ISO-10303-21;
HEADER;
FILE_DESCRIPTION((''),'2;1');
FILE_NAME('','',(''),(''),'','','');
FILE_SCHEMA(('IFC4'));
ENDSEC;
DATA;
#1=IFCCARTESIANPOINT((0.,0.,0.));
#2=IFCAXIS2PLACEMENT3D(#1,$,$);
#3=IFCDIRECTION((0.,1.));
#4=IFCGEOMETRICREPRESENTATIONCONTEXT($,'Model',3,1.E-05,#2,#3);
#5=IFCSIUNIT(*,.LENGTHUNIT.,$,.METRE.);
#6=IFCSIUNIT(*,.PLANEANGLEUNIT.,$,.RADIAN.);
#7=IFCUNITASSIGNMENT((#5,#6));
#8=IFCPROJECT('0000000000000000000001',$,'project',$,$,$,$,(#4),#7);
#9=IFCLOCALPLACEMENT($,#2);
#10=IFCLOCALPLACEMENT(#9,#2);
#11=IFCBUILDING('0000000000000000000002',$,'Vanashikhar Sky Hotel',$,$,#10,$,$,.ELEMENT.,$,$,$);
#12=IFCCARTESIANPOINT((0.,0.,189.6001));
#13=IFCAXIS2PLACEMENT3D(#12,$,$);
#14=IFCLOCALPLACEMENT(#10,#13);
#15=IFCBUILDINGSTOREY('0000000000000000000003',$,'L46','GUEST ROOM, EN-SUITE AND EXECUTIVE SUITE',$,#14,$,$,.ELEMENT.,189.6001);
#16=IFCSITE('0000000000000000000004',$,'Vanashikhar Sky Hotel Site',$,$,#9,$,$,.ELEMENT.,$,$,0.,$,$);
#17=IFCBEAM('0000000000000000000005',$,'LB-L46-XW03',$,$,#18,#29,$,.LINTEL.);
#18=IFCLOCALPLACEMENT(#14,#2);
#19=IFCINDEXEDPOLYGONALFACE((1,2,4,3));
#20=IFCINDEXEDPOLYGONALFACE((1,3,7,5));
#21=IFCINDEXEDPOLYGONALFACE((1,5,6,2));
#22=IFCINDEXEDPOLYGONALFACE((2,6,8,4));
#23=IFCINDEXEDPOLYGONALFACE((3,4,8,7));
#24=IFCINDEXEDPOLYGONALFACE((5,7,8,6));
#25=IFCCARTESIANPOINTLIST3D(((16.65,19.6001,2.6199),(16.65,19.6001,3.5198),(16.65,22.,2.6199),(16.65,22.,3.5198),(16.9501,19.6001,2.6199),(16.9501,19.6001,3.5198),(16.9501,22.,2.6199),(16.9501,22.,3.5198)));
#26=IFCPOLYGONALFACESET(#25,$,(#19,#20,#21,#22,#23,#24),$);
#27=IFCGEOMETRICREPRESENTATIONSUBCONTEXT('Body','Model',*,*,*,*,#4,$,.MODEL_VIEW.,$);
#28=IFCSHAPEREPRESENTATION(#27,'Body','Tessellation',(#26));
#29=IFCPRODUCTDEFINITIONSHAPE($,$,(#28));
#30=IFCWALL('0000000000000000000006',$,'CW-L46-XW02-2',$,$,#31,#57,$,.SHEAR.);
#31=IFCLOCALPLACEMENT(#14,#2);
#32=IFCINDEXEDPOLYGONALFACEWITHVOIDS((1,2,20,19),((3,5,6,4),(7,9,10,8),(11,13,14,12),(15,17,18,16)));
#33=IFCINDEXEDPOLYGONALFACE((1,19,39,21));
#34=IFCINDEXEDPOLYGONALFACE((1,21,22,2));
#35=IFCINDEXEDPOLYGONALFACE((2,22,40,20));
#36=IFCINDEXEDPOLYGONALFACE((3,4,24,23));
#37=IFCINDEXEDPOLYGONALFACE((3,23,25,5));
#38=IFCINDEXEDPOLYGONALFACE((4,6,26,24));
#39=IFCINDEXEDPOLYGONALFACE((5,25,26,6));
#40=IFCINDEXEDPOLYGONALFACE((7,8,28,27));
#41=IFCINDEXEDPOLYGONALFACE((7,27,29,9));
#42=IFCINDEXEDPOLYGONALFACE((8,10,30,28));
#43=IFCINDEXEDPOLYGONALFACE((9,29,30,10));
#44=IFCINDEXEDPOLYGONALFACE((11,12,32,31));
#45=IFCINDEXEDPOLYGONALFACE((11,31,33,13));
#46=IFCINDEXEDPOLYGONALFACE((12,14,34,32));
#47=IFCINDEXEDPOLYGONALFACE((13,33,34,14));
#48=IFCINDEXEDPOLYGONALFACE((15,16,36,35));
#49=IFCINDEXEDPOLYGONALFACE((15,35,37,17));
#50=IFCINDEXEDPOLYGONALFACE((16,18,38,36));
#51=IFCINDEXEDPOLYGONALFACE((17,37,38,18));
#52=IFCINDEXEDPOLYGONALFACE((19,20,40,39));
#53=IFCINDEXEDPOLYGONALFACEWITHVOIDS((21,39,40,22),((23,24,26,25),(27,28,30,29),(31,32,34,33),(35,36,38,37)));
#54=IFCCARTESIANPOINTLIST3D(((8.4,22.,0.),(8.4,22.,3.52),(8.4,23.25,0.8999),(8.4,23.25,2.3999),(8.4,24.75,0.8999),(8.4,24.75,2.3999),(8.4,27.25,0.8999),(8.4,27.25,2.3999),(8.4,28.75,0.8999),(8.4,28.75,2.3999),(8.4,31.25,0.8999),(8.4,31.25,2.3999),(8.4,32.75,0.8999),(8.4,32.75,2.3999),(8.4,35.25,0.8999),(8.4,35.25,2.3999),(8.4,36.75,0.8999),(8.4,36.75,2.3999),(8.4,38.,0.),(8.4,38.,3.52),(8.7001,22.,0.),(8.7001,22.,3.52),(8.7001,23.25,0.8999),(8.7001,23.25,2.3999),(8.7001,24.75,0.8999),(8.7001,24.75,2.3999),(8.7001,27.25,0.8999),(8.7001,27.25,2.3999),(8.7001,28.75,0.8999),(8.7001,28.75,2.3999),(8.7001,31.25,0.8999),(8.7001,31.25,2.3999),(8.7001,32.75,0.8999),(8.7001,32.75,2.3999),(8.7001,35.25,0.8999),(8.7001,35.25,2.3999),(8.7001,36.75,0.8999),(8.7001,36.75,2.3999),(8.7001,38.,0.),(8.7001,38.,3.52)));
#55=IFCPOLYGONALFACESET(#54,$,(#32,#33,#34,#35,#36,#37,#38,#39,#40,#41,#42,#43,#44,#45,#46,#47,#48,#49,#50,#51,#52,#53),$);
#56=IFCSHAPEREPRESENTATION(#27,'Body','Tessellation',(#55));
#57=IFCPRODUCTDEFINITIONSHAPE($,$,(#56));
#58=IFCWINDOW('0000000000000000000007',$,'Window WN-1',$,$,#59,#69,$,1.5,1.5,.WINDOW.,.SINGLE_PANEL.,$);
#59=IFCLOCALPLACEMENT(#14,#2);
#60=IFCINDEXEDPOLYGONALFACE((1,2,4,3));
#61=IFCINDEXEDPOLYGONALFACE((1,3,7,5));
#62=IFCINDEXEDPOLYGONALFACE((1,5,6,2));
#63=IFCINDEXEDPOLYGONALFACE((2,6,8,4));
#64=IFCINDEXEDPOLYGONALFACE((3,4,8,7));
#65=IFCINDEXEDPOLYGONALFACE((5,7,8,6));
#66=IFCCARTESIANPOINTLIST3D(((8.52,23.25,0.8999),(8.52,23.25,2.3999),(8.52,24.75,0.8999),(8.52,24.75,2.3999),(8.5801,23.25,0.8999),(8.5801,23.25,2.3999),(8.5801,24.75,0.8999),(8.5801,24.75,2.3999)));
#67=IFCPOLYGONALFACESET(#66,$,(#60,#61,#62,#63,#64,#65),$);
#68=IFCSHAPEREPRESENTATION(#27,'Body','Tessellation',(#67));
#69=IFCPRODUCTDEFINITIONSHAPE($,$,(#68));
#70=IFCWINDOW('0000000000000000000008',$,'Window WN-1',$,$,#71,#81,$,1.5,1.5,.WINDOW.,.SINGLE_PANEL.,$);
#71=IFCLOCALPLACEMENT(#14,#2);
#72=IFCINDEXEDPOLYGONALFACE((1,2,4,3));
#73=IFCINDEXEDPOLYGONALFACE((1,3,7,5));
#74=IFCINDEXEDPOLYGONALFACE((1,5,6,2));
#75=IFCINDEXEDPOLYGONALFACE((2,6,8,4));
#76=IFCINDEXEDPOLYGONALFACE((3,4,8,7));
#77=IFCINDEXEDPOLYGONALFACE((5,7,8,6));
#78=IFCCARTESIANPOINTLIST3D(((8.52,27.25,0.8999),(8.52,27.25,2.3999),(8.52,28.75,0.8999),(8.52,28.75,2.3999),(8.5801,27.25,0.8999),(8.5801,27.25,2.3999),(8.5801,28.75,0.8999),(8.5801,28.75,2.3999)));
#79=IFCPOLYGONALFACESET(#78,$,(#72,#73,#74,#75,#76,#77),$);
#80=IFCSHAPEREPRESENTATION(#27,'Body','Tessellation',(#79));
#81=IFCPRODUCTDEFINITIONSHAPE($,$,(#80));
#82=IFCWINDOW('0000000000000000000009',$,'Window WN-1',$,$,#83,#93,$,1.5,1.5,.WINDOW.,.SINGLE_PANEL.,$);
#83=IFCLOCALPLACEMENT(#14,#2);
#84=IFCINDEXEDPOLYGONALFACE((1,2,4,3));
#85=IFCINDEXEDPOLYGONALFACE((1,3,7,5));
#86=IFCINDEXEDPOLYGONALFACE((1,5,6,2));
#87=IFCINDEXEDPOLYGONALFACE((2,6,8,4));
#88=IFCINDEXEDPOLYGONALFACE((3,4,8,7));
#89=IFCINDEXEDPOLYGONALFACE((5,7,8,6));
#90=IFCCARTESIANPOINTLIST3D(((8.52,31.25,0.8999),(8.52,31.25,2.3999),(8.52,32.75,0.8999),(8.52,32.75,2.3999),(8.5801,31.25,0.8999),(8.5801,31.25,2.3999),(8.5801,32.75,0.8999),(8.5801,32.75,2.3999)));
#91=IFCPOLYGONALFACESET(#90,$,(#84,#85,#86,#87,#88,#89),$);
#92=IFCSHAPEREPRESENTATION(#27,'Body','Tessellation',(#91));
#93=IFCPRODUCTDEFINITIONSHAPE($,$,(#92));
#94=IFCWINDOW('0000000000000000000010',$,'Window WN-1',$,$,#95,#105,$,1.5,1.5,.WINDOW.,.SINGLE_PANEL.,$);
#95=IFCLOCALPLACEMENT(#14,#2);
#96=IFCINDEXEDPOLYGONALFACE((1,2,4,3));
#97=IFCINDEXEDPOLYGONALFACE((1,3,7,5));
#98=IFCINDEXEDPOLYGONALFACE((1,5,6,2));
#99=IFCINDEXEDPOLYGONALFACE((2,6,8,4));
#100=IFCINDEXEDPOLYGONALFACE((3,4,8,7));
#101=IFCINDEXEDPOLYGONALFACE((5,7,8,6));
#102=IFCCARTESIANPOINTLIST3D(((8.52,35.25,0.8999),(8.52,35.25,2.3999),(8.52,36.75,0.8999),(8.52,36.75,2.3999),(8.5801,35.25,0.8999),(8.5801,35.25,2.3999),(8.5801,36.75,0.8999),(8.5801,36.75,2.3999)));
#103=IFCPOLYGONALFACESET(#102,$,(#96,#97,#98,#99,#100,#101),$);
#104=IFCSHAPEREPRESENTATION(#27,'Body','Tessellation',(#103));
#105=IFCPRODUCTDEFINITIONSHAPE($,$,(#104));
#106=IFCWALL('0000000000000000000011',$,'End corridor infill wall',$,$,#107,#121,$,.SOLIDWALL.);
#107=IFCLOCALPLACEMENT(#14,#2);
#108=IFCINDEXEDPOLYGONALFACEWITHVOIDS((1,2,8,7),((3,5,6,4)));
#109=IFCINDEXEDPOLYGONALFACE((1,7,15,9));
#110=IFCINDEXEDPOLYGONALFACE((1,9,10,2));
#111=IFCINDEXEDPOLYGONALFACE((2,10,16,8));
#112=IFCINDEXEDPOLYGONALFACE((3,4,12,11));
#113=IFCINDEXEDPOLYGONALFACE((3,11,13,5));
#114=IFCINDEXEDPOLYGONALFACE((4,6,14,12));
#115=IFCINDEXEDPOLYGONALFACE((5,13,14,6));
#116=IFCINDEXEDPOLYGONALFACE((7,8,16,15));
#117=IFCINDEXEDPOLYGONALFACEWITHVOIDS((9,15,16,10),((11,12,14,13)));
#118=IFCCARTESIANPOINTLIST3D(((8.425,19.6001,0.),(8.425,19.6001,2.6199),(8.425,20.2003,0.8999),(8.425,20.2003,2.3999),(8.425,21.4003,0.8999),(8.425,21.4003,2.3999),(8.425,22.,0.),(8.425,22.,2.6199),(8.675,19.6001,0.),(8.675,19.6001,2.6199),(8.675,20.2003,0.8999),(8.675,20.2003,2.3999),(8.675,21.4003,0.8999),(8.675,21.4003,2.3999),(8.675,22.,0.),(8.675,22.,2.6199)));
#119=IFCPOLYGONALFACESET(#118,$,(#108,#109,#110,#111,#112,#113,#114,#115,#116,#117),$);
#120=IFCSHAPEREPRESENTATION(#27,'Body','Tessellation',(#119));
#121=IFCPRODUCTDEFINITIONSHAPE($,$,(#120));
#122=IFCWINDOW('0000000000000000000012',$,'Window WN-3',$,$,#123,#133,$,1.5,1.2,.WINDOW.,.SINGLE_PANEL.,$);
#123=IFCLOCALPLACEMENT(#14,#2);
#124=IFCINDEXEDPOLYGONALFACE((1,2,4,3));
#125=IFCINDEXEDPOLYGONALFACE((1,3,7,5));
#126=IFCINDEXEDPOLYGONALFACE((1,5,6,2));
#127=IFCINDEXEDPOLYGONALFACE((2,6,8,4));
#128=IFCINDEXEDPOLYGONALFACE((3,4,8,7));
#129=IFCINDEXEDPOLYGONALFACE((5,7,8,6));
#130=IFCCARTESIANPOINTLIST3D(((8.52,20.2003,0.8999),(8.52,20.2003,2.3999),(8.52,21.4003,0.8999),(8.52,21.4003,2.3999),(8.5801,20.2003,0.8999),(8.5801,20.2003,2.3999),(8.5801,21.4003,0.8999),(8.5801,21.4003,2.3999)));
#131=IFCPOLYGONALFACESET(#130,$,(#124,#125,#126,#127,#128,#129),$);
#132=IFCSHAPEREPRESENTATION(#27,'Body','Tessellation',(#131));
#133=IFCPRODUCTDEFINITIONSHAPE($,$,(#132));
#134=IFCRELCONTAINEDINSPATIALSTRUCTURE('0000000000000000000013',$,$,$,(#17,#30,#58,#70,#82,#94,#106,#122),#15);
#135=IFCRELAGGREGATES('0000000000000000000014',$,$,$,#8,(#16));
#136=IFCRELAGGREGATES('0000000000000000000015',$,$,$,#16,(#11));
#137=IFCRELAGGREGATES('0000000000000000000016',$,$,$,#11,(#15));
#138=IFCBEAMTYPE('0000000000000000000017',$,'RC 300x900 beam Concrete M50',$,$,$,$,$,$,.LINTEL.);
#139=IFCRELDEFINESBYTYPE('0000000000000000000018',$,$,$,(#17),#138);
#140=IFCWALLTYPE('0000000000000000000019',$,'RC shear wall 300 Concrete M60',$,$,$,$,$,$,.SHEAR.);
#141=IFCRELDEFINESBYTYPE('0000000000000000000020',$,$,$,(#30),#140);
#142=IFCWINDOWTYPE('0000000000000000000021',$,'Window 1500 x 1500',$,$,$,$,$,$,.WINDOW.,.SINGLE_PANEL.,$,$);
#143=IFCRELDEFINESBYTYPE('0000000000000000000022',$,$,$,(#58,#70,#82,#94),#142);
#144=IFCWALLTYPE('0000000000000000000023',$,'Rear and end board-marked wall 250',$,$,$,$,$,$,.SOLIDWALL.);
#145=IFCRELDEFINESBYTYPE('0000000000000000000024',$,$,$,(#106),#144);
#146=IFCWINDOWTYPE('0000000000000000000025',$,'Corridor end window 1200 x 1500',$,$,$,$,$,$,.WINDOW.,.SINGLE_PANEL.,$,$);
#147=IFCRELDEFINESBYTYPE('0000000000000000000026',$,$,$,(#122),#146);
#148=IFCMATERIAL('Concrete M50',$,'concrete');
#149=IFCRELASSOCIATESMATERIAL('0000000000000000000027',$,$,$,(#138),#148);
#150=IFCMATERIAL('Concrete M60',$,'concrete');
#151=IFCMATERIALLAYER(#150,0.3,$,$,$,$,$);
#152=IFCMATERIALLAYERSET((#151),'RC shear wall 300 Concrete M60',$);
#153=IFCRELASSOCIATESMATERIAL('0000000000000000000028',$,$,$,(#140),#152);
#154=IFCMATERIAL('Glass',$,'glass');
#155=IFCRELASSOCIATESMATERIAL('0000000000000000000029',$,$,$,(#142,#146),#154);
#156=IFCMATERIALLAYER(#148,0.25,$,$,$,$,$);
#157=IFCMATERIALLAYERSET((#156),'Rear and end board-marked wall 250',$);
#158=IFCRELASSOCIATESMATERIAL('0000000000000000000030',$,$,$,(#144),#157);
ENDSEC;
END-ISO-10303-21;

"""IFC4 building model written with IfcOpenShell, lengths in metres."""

from ifc_helpers import new_model, si_unit, direction, frame, frame_2d, origin, origin_2d, place, context, subcontext, project, spatial, rectangle, extrude, source, transform, mapped, material, layer, layer_set, material_profile, profile_set, type_object, element, fill, save


model = new_model("IFC4")

# Units and contexts
model_context = context("Model", 3, precision=1e-05, world=origin(), true_north=direction((0.0, 1.0)))
body_context = subcontext(model_context, "Body", "Model", "MODEL_VIEW")
ifc_project = project(units=[si_unit("LENGTHUNIT", "METRE"), si_unit("PLANEANGLEUNIT", "RADIAN")], contexts=[model_context])

# Site, building, storey
site_placement = place(None, origin())
site = spatial("IfcSite", under=ifc_project, at=site_placement, Name="Vanashikhar Sky Hotel Site", CompositionType="ELEMENT", RefElevation=0.0)
building_placement = place(site_placement, origin())
building = spatial("IfcBuilding", under=site, at=building_placement, Name="Vanashikhar Sky Hotel", CompositionType="ELEMENT")
storey_placement = place(building_placement, frame((0.0, 0.0, 189.6001)))
storey = spatial("IfcBuildingStorey", under=building, at=storey_placement, Name="L46", Description="GUEST ROOM, EN-SUITE AND EXECUTIVE SUITE", CompositionType="ELEMENT", Elevation=189.6001)

# Beam
ifc_material_1 = material(Name="Concrete M50", Category="concrete")
ifc_material_profile = material_profile(ifc_material_1, rectangle(XDim=0.3, YDim=0.8999, at=origin_2d()))
ifc_profile_set = profile_set([ifc_material_profile], Name="RC 300x900 beam Concrete M50")
beam_type = type_object("IfcBeamType", Name="RC 300x900 beam Concrete M50", PredefinedType="LINTEL", material=ifc_profile_set)
shared_shape_1 = source(origin(), body_context, "Body", "SweptSolid", [
    extrude(rectangle(XDim=0.3, YDim=0.8999, at=origin_2d()), origin(), (0.0, 0.0, 1.0), 2.3999),
])
beam_placement = place(storey_placement, frame((16.8, 19.6001, 3.0698), z_axis=(0.0, 1.0, 0.0), x_axis=(-1.0, 0.0, 0.0)))
element("IfcBeam", 1, at=beam_placement, inside=storey, type_object=beam_type, Name="LB-L46-XW03", PredefinedType="LINTEL", context=body_context, shape_type="MappedRepresentation", body=[
    mapped(shared_shape_1, transform((0.0, 0.0, 0.0), scale=1.0)),
])

# Wall, openings, windows
ifc_material_2 = material(Name="Concrete M60", Category="concrete")
ifc_layer_1 = layer(ifc_material_2, 0.3)
ifc_layer_set_1 = layer_set([ifc_layer_1], Name="RC shear wall 300 Concrete M60")
wall_type_1 = type_object("IfcWallType", Name="RC shear wall 300 Concrete M60", PredefinedType="SHEAR", material=ifc_layer_set_1)
shared_shape_2 = source(origin(), body_context, "Body", "SweptSolid", [
    extrude(rectangle(XDim=16.0, YDim=0.3, at=frame_2d((8.0, 0.0))), origin(), (0.0, 0.0, 1.0), 3.52),
])
wall_1_placement = place(storey_placement, frame((8.55, 22.0, 0.0), z_axis=(0.0, 0.0, 1.0), x_axis=(0.0, 1.0, 0.0)))
wall_1 = element("IfcWall", 2, at=wall_1_placement, inside=storey, type_object=wall_type_1, Name="CW-L46-XW02-2", PredefinedType="SHEAR", context=body_context, shape_type="MappedRepresentation", body=[
    mapped(shared_shape_2, transform((0.0, 0.0, 0.0), scale=1.0)),
])
shared_shape_3 = source(origin(), body_context, "Body", "SweptSolid", [
    extrude(rectangle(XDim=1.5, YDim=1.5, at=frame_2d((0.75, 0.75))), frame((0.0, 0.1602, 0.0), z_axis=(0.0, -1.0, 0.0), x_axis=(1.0, 0.0, 0.0)), (0.0, 0.0, 1.0), 0.3201),
])
opening_1_placement = place(wall_1_placement, frame((1.25, 0.0, 0.8999)))
opening_1 = element("IfcOpeningElement", 3, at=opening_1_placement, cuts=wall_1, PredefinedType="OPENING", context=body_context, shape_type="MappedRepresentation", body=[
    mapped(shared_shape_3, transform((0.0, 0.0, 0.0), scale=1.0)),
])
opening_2_placement = place(wall_1_placement, frame((5.25, 0.0, 0.8999)))
opening_2 = element("IfcOpeningElement", 4, at=opening_2_placement, cuts=wall_1, PredefinedType="OPENING", context=body_context, shape_type="MappedRepresentation", body=[
    mapped(shared_shape_3, transform((0.0, 0.0, 0.0), scale=1.0)),
])
opening_3_placement = place(wall_1_placement, frame((9.25, 0.0, 0.8999)))
opening_3 = element("IfcOpeningElement", 5, at=opening_3_placement, cuts=wall_1, PredefinedType="OPENING", context=body_context, shape_type="MappedRepresentation", body=[
    mapped(shared_shape_3, transform((0.0, 0.0, 0.0), scale=1.0)),
])
opening_4_placement = place(wall_1_placement, frame((13.25, 0.0, 0.8999)))
opening_4 = element("IfcOpeningElement", 6, at=opening_4_placement, cuts=wall_1, PredefinedType="OPENING", context=body_context, shape_type="MappedRepresentation", body=[
    mapped(shared_shape_3, transform((0.0, 0.0, 0.0), scale=1.0)),
])
ifc_material_3 = material(Name="Glass", Category="glass")
window_type_1 = type_object("IfcWindowType", Name="Window 1500 x 1500", PartitioningType="SINGLE_PANEL", PredefinedType="WINDOW", material=ifc_material_3)
shared_shape_4 = source(origin(), body_context, "Body", "SweptSolid", [
    extrude(rectangle(XDim=1.5, YDim=1.5, at=frame_2d((0.75, 0.75))), frame((0.0, 0.03, 0.0), z_axis=(0.0, -1.0, 0.0), x_axis=(1.0, 0.0, 0.0)), (0.0, 0.0, 1.0), 0.0601),
])
window_1_placement = place(opening_1_placement, origin())
window_1 = element("IfcWindow", 7, at=window_1_placement, inside=storey, type_object=window_type_1, Name="Window WN-1", OverallHeight=1.5, OverallWidth=1.5, PartitioningType="SINGLE_PANEL", PredefinedType="WINDOW", context=body_context, shape_type="MappedRepresentation", body=[
    mapped(shared_shape_4, transform((0.0, 0.0, 0.0), scale=1.0)),
])
fill(opening_1, window_1)
window_2_placement = place(opening_2_placement, origin())
window_2 = element("IfcWindow", 8, at=window_2_placement, inside=storey, type_object=window_type_1, Name="Window WN-1", OverallHeight=1.5, OverallWidth=1.5, PartitioningType="SINGLE_PANEL", PredefinedType="WINDOW", context=body_context, shape_type="MappedRepresentation", body=[
    mapped(shared_shape_4, transform((0.0, 0.0, 0.0), scale=1.0)),
])
fill(opening_2, window_2)
window_3_placement = place(opening_3_placement, origin())
window_3 = element("IfcWindow", 9, at=window_3_placement, inside=storey, type_object=window_type_1, Name="Window WN-1", OverallHeight=1.5, OverallWidth=1.5, PartitioningType="SINGLE_PANEL", PredefinedType="WINDOW", context=body_context, shape_type="MappedRepresentation", body=[
    mapped(shared_shape_4, transform((0.0, 0.0, 0.0), scale=1.0)),
])
fill(opening_3, window_3)
window_4_placement = place(opening_4_placement, origin())
window_4 = element("IfcWindow", 10, at=window_4_placement, inside=storey, type_object=window_type_1, Name="Window WN-1", OverallHeight=1.5, OverallWidth=1.5, PartitioningType="SINGLE_PANEL", PredefinedType="WINDOW", context=body_context, shape_type="MappedRepresentation", body=[
    mapped(shared_shape_4, transform((0.0, 0.0, 0.0), scale=1.0)),
])
fill(opening_4, window_4)

# Wall, opening, window
ifc_layer_2 = layer(ifc_material_1, 0.25)
ifc_layer_set_2 = layer_set([ifc_layer_2], Name="Rear and end board-marked wall 250")
wall_type_2 = type_object("IfcWallType", Name="Rear and end board-marked wall 250", PredefinedType="SOLIDWALL", material=ifc_layer_set_2)
shared_shape_5 = source(origin(), body_context, "Body", "SweptSolid", [
    extrude(rectangle(XDim=2.3999, YDim=0.25, at=frame_2d((1.2, 0.0))), origin(), (0.0, 0.0, 1.0), 2.6199),
])
wall_2_placement = place(storey_placement, frame((8.55, 19.6001, 0.0), z_axis=(0.0, 0.0, 1.0), x_axis=(0.0, 1.0, 0.0)))
wall_2 = element("IfcWall", 11, at=wall_2_placement, inside=storey, type_object=wall_type_2, Name="End corridor infill wall", PredefinedType="SOLIDWALL", context=body_context, shape_type="MappedRepresentation", body=[
    mapped(shared_shape_5, transform((0.0, 0.0, 0.0), scale=1.0)),
])
shared_shape_6 = source(origin(), body_context, "Body", "SweptSolid", [
    extrude(rectangle(XDim=1.2, YDim=1.5, at=frame_2d((0.6001, 0.75))), frame((0.0, 0.135, 0.0), z_axis=(0.0, -1.0, 0.0), x_axis=(1.0, 0.0, 0.0)), (0.0, 0.0, 1.0), 0.27),
])
opening_5_placement = place(wall_2_placement, frame((0.6001, 0.0, 0.8999)))
opening_5 = element("IfcOpeningElement", 12, at=opening_5_placement, cuts=wall_2, PredefinedType="OPENING", context=body_context, shape_type="MappedRepresentation", body=[
    mapped(shared_shape_6, transform((0.0, 0.0, 0.0), scale=1.0)),
])
window_type_2 = type_object("IfcWindowType", Name="Corridor end window 1200 x 1500", PartitioningType="SINGLE_PANEL", PredefinedType="WINDOW", material=ifc_material_3)
shared_shape_7 = source(origin(), body_context, "Body", "SweptSolid", [
    extrude(rectangle(XDim=1.2, YDim=1.5, at=frame_2d((0.6001, 0.75))), frame((0.0, 0.03, 0.0), z_axis=(0.0, -1.0, 0.0), x_axis=(1.0, 0.0, 0.0)), (0.0, 0.0, 1.0), 0.0601),
])
window_5_placement = place(opening_5_placement, origin())
window_5 = element("IfcWindow", 13, at=window_5_placement, inside=storey, type_object=window_type_2, Name="Window WN-3", OverallHeight=1.5, OverallWidth=1.2, PartitioningType="SINGLE_PANEL", PredefinedType="WINDOW", context=body_context, shape_type="MappedRepresentation", body=[
    mapped(shared_shape_7, transform((0.0, 0.0, 0.0), scale=1.0)),
])
fill(opening_5, window_5)

save(model, "model.ifc")
